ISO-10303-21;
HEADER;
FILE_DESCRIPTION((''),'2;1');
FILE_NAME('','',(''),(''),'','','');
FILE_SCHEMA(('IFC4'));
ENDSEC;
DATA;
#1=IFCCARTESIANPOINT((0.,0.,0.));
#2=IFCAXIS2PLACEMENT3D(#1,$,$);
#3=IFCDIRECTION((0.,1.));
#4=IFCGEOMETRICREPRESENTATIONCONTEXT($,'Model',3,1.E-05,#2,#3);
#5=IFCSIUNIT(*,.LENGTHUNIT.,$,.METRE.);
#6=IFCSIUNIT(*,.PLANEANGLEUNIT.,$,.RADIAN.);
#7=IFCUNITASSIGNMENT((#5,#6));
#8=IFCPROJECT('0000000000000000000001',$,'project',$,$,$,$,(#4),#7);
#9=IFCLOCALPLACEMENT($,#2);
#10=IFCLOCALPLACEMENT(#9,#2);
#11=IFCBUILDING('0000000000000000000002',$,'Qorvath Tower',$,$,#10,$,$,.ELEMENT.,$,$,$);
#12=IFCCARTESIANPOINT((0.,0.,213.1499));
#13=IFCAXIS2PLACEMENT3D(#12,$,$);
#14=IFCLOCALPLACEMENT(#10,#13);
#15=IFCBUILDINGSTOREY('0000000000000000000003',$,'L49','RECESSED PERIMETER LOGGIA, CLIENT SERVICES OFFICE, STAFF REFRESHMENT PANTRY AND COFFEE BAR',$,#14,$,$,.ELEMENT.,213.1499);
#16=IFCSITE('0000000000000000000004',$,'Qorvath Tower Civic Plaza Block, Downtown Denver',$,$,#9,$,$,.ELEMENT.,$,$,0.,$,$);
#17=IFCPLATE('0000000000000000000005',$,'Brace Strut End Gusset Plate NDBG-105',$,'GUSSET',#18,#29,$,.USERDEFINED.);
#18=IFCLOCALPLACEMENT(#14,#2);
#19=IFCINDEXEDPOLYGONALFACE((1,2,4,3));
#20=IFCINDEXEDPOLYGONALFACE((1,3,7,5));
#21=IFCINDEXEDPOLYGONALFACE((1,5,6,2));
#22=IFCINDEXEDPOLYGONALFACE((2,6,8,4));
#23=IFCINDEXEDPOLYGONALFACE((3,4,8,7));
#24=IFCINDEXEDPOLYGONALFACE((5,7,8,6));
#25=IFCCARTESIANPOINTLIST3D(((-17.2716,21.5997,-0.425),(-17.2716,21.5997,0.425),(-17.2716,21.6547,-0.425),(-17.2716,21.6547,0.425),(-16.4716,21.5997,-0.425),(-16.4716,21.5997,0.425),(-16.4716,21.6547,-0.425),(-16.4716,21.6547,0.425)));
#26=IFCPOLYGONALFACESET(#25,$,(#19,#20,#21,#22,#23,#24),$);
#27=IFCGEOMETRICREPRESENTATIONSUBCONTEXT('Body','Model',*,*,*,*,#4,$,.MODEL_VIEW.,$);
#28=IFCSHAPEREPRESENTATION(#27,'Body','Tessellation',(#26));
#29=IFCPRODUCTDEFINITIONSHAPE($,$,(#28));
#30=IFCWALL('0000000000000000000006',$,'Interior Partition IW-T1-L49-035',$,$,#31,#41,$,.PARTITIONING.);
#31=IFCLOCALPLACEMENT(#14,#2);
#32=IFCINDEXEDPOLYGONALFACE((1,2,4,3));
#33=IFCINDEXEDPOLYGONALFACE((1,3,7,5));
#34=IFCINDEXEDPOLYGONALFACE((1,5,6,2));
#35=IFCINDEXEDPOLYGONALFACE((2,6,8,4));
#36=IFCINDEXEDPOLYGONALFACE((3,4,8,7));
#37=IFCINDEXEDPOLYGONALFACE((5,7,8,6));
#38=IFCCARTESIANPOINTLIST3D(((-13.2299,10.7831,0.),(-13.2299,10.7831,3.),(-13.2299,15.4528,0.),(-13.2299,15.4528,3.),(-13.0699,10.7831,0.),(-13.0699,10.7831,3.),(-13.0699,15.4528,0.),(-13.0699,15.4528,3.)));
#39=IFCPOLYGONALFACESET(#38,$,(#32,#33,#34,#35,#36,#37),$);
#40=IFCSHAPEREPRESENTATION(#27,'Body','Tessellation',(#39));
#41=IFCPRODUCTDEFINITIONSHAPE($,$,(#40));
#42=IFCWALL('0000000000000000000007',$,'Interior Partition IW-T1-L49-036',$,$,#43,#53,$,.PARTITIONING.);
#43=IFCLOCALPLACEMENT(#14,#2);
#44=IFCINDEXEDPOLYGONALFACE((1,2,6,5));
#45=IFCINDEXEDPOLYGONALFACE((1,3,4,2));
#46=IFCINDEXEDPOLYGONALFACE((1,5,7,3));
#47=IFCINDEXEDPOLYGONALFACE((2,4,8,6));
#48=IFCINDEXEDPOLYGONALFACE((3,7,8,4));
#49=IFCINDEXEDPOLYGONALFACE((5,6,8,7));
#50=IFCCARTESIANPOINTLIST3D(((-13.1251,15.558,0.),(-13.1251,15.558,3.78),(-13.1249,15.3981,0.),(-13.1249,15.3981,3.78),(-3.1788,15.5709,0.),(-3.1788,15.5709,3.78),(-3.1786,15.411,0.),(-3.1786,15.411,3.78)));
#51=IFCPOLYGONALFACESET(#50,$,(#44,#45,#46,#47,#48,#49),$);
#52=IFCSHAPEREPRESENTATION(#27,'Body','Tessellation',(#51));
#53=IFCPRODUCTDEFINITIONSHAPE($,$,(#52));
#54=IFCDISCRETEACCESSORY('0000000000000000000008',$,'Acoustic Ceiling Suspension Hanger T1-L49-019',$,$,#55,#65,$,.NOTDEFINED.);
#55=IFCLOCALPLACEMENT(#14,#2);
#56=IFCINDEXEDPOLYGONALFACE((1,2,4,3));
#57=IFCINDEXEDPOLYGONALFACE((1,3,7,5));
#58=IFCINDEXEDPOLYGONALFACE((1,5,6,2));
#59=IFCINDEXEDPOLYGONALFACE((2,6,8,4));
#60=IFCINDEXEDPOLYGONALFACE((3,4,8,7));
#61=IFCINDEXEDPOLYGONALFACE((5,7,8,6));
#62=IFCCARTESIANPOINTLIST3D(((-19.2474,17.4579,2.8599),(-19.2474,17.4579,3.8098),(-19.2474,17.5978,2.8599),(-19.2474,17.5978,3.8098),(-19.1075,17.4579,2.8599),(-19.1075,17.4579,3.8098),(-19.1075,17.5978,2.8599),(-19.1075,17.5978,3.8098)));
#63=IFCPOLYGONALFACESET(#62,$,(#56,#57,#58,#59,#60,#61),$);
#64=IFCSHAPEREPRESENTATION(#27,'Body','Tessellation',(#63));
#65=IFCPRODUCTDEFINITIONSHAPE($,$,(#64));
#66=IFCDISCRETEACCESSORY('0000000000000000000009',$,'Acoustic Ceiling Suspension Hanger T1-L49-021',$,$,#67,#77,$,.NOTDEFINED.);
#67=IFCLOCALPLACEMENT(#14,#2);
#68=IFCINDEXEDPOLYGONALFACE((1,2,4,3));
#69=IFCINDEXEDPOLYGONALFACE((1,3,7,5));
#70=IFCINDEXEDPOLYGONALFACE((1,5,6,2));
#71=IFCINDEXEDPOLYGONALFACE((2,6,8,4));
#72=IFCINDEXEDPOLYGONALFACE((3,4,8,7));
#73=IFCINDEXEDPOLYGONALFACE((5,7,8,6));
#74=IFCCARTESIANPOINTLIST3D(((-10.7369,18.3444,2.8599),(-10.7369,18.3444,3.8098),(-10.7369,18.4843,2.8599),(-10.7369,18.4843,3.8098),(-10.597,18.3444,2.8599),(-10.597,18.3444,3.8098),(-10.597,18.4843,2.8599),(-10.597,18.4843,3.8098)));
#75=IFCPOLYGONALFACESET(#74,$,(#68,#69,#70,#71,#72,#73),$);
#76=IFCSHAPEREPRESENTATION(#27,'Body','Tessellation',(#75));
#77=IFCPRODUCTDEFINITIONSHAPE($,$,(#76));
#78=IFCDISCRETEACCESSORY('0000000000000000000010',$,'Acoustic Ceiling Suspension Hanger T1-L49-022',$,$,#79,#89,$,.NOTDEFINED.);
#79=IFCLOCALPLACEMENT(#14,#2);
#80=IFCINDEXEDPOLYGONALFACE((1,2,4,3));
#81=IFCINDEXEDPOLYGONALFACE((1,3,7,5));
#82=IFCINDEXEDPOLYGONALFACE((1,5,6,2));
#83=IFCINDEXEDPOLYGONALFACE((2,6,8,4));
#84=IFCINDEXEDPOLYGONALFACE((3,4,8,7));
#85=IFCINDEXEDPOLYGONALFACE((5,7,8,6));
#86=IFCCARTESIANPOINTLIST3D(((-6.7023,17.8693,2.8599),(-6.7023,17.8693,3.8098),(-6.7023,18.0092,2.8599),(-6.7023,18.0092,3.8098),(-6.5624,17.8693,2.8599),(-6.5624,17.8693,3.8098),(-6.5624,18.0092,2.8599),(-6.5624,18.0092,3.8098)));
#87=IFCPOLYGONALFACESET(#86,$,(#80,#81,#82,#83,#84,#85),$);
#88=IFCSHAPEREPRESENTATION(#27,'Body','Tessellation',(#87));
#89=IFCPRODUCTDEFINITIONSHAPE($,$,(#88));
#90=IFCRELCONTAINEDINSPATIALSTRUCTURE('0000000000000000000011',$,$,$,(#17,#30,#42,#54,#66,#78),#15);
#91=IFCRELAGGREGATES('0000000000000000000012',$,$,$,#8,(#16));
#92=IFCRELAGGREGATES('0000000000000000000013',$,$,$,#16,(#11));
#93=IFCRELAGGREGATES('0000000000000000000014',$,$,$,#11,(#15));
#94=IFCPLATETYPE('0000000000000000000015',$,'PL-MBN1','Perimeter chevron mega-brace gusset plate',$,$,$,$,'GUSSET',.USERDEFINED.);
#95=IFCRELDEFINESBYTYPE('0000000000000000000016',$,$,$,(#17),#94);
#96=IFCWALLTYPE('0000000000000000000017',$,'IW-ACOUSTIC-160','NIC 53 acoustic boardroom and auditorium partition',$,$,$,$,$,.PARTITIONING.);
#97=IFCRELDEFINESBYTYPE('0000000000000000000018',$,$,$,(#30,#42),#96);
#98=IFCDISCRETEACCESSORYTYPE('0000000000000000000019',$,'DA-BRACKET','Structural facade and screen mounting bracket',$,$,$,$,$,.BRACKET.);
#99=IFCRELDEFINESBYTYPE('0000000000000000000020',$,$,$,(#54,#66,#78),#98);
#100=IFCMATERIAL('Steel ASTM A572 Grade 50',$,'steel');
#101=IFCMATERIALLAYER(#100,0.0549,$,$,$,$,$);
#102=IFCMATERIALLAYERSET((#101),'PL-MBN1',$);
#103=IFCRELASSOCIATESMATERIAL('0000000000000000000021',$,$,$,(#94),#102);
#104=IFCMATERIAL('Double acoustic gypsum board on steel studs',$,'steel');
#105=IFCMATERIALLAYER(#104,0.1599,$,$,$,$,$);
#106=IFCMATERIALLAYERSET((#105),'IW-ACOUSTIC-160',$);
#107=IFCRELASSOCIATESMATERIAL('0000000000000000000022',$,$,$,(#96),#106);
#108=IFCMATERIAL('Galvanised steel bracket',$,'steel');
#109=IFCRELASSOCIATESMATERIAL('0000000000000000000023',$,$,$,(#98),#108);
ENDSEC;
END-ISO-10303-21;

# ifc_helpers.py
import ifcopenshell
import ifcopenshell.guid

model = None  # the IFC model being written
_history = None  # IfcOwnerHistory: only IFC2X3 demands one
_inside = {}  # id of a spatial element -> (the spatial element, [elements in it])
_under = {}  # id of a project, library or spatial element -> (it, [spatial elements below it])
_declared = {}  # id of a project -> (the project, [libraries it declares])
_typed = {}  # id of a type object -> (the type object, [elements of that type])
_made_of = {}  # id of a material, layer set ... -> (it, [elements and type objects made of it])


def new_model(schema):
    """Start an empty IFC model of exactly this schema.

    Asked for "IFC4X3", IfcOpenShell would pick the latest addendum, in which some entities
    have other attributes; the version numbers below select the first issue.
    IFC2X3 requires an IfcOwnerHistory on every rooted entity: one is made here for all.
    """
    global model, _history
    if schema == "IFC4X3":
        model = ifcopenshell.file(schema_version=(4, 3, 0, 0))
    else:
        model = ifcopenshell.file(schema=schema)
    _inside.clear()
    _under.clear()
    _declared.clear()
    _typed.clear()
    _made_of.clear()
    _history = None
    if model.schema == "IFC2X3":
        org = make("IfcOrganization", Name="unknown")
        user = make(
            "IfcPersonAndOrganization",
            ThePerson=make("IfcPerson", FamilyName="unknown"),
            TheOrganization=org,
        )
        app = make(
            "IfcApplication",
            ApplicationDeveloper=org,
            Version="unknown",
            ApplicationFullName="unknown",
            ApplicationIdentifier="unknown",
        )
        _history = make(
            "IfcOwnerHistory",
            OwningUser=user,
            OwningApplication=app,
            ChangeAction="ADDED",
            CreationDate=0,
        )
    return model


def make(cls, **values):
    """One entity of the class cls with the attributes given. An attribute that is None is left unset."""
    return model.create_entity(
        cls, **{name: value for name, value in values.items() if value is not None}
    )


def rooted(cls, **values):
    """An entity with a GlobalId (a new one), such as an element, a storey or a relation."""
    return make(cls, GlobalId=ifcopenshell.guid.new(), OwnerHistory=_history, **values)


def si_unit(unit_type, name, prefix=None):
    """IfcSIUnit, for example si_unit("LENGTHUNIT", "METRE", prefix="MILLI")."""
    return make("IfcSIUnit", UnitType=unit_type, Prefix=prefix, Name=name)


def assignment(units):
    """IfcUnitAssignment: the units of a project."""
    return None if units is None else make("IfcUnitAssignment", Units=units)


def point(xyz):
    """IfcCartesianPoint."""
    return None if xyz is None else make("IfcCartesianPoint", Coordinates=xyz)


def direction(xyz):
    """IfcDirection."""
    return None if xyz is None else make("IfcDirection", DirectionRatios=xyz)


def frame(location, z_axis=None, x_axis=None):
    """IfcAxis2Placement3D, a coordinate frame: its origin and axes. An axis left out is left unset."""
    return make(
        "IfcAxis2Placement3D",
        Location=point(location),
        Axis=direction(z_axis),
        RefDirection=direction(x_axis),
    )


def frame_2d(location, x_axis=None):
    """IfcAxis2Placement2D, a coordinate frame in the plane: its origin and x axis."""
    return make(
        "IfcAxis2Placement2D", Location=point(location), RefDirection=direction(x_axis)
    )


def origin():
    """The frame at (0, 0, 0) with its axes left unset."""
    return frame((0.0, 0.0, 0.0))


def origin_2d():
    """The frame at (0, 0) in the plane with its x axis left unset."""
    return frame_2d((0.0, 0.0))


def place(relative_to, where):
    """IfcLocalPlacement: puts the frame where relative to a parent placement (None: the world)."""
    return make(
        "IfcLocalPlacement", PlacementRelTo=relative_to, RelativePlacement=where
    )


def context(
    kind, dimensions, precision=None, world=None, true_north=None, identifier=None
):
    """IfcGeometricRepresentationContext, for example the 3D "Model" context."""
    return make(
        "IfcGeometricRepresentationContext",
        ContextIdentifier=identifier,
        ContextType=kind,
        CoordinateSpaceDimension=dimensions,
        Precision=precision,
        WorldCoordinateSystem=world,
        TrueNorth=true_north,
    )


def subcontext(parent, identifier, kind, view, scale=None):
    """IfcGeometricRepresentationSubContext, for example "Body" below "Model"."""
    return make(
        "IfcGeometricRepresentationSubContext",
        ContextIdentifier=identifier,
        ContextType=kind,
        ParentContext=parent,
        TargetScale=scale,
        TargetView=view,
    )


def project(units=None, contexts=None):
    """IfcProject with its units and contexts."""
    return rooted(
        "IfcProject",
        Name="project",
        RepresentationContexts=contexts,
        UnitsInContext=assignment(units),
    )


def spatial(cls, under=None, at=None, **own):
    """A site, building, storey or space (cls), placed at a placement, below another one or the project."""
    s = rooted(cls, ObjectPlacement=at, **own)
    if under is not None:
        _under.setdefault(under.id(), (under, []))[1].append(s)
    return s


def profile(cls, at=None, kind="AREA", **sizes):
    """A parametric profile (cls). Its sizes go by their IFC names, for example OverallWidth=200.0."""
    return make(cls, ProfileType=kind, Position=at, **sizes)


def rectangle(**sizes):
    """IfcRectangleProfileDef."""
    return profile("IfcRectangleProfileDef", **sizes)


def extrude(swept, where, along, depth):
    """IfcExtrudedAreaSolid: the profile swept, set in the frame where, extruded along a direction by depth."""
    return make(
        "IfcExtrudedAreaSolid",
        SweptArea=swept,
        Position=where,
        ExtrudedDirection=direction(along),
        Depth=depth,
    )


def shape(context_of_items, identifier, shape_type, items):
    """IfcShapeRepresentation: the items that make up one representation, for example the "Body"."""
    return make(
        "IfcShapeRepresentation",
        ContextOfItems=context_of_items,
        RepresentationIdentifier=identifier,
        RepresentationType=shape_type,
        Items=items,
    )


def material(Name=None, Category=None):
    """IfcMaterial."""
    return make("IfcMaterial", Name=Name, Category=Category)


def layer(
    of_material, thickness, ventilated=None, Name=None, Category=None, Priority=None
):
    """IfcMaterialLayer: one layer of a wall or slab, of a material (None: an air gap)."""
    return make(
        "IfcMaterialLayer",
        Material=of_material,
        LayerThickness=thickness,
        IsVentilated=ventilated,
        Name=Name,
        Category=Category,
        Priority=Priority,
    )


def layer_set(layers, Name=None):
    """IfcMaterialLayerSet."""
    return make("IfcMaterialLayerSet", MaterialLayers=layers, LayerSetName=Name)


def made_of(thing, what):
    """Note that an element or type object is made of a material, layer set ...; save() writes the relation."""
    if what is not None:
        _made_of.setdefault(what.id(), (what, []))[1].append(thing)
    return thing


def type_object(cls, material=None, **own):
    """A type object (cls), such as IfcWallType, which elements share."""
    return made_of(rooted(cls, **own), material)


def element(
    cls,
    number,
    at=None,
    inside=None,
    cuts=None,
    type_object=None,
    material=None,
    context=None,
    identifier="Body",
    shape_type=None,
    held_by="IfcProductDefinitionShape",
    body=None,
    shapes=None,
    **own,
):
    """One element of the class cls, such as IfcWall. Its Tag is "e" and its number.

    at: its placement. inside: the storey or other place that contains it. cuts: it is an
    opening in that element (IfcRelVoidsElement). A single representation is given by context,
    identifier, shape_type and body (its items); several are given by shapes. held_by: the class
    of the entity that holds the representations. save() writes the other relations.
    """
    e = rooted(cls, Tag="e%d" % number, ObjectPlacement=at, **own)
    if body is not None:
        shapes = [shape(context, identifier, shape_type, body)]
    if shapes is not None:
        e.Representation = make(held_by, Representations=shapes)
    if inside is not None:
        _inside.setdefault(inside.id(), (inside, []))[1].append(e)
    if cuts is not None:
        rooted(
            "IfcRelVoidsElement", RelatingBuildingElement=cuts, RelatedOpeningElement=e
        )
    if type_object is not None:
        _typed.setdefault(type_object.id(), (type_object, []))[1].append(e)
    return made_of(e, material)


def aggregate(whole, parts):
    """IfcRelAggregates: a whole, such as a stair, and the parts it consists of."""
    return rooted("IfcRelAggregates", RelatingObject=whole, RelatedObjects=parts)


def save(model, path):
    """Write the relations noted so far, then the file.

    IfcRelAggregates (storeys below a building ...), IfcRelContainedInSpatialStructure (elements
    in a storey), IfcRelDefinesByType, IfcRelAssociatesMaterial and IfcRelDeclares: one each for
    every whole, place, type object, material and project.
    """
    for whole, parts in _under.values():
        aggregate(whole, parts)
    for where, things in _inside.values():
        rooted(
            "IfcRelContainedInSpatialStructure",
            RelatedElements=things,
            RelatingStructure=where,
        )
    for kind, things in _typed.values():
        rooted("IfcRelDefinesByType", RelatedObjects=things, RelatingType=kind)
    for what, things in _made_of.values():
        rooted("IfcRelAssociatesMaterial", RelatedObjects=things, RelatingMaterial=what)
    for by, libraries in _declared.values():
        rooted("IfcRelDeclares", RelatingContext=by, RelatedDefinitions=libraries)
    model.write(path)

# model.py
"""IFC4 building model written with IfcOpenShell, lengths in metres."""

from ifc_helpers import new_model, si_unit, direction, frame, frame_2d, origin, origin_2d, place, context, subcontext, project, spatial, rectangle, extrude, material, layer, layer_set, type_object, element, save


model = new_model("IFC4")

# Units and contexts
model_context = context("Model", 3, precision=1e-05, world=origin(), true_north=direction((0.0, 1.0)))
body_context = subcontext(model_context, "Body", "Model", "MODEL_VIEW")
ifc_project = project(units=[si_unit("LENGTHUNIT", "METRE"), si_unit("PLANEANGLEUNIT", "RADIAN")], contexts=[model_context])

# Site, building, storey
site_placement = place(None, origin())
site = spatial("IfcSite", under=ifc_project, at=site_placement, Name="Qorvath Tower Civic Plaza Block, Downtown Denver", CompositionType="ELEMENT", RefElevation=0.0)
building_placement = place(site_placement, origin())
building = spatial("IfcBuilding", under=site, at=building_placement, Name="Qorvath Tower", CompositionType="ELEMENT")
storey_placement = place(building_placement, frame((0.0, 0.0, 213.1499)))
storey = spatial("IfcBuildingStorey", under=building, at=storey_placement, Name="L49", Description="RECESSED PERIMETER LOGGIA, CLIENT SERVICES OFFICE, STAFF REFRESHMENT PANTRY AND COFFEE BAR", CompositionType="ELEMENT", Elevation=213.1499)

# Plate
ifc_material_1 = material(Name="Steel ASTM A572 Grade 50", Category="steel")
ifc_layer_1 = layer(ifc_material_1, 0.0549)
ifc_layer_set_1 = layer_set([ifc_layer_1], Name="PL-MBN1")
plate_type_1 = type_object("IfcPlateType", Name="PL-MBN1", Description="Perimeter chevron mega-brace gusset plate", ElementType="GUSSET", PredefinedType="USERDEFINED", material=ifc_layer_set_1)
plate_1_placement = place(storey_placement, frame((-16.8716, 21.6272, -0.425), z_axis=(0.0, 0.0, 1.0), x_axis=(1.0, 0.0, 0.0)))
element("IfcPlate", 1, at=plate_1_placement, inside=storey, type_object=plate_type_1, Name="Brace Strut End Gusset Plate NDBG-105", ObjectType="GUSSET", PredefinedType="USERDEFINED", context=body_context, shape_type="SweptSolid", body=[
    extrude(rectangle(XDim=0.8, YDim=0.0549, at=origin_2d()), origin(), (0.0, 0.0, 1.0), 0.8501),
])

# Walls
ifc_material_2 = material(Name="Double acoustic gypsum board on steel studs", Category="steel")
ifc_layer_2 = layer(ifc_material_2, 0.1599)
ifc_layer_set_2 = layer_set([ifc_layer_2], Name="IW-ACOUSTIC-160")
wall_type = type_object("IfcWallType", Name="IW-ACOUSTIC-160", Description="NIC 53 acoustic boardroom and auditorium partition", PredefinedType="PARTITIONING", material=ifc_layer_set_2)
wall_1_placement = place(storey_placement, frame((-13.1499, 15.4529, 0.0), z_axis=(0.0, 0.0, 1.0), x_axis=(0.0, -1.0, 0.0)))
element("IfcWall", 2, at=wall_1_placement, inside=storey, type_object=wall_type, Name="Interior Partition IW-T1-L49-035", PredefinedType="PARTITIONING", context=body_context, shape_type="SweptSolid", body=[
    extrude(rectangle(XDim=4.6697, YDim=0.1599, at=frame_2d((2.335, 0.0))), origin(), (0.0, 0.0, 1.0), 3.0),
])
wall_2_placement = place(storey_placement, frame((-13.125, 15.478, 0.0), z_axis=(0.0, 0.0, 1.0), x_axis=(0.999999, 0.001301, 0.0)))
element("IfcWall", 3, at=wall_2_placement, inside=storey, type_object=wall_type, Name="Interior Partition IW-T1-L49-036", PredefinedType="PARTITIONING", context=body_context, shape_type="SweptSolid", body=[
    extrude(rectangle(XDim=9.9463, YDim=0.1599, at=frame_2d((4.9731, 0.0))), origin(), (0.0, 0.0, 1.0), 3.78),
])

# Discrete accessories
ifc_material_3 = material(Name="Galvanised steel bracket", Category="steel")
discrete_accessory_type = type_object("IfcDiscreteAccessoryType", Name="DA-BRACKET", Description="Structural facade and screen mounting bracket", PredefinedType="BRACKET", material=ifc_material_3)
for number, where, z_axis, x_axis, name in (
    (4, (-19.1775, 17.5278, 2.8599), (0.0, 0.0, 1.0), (1.0, 0.0, 0.0), "Acoustic Ceiling Suspension Hanger T1-L49-019"),
    (5, (-10.667, 18.4143, 2.8599), (0.0, 0.0, 1.0), (1.0, 0.0, 0.0), "Acoustic Ceiling Suspension Hanger T1-L49-021"),
    (6, (-6.6323, 17.9392, 2.8599), (0.0, 0.0, 1.0), (1.0, 0.0, 0.0), "Acoustic Ceiling Suspension Hanger T1-L49-022"),
):
    element("IfcDiscreteAccessory", number, at=place(storey_placement, frame(where, z_axis=z_axis, x_axis=x_axis)), inside=storey, type_object=discrete_accessory_type, Name=name, PredefinedType="NOTDEFINED", context=body_context, shape_type="SweptSolid", body=[
        extrude(rectangle(XDim=0.1399, YDim=0.1399, at=origin_2d()), origin(), (0.0, 0.0, 1.0), 0.95),
    ])

save(model, "model.ifc")
